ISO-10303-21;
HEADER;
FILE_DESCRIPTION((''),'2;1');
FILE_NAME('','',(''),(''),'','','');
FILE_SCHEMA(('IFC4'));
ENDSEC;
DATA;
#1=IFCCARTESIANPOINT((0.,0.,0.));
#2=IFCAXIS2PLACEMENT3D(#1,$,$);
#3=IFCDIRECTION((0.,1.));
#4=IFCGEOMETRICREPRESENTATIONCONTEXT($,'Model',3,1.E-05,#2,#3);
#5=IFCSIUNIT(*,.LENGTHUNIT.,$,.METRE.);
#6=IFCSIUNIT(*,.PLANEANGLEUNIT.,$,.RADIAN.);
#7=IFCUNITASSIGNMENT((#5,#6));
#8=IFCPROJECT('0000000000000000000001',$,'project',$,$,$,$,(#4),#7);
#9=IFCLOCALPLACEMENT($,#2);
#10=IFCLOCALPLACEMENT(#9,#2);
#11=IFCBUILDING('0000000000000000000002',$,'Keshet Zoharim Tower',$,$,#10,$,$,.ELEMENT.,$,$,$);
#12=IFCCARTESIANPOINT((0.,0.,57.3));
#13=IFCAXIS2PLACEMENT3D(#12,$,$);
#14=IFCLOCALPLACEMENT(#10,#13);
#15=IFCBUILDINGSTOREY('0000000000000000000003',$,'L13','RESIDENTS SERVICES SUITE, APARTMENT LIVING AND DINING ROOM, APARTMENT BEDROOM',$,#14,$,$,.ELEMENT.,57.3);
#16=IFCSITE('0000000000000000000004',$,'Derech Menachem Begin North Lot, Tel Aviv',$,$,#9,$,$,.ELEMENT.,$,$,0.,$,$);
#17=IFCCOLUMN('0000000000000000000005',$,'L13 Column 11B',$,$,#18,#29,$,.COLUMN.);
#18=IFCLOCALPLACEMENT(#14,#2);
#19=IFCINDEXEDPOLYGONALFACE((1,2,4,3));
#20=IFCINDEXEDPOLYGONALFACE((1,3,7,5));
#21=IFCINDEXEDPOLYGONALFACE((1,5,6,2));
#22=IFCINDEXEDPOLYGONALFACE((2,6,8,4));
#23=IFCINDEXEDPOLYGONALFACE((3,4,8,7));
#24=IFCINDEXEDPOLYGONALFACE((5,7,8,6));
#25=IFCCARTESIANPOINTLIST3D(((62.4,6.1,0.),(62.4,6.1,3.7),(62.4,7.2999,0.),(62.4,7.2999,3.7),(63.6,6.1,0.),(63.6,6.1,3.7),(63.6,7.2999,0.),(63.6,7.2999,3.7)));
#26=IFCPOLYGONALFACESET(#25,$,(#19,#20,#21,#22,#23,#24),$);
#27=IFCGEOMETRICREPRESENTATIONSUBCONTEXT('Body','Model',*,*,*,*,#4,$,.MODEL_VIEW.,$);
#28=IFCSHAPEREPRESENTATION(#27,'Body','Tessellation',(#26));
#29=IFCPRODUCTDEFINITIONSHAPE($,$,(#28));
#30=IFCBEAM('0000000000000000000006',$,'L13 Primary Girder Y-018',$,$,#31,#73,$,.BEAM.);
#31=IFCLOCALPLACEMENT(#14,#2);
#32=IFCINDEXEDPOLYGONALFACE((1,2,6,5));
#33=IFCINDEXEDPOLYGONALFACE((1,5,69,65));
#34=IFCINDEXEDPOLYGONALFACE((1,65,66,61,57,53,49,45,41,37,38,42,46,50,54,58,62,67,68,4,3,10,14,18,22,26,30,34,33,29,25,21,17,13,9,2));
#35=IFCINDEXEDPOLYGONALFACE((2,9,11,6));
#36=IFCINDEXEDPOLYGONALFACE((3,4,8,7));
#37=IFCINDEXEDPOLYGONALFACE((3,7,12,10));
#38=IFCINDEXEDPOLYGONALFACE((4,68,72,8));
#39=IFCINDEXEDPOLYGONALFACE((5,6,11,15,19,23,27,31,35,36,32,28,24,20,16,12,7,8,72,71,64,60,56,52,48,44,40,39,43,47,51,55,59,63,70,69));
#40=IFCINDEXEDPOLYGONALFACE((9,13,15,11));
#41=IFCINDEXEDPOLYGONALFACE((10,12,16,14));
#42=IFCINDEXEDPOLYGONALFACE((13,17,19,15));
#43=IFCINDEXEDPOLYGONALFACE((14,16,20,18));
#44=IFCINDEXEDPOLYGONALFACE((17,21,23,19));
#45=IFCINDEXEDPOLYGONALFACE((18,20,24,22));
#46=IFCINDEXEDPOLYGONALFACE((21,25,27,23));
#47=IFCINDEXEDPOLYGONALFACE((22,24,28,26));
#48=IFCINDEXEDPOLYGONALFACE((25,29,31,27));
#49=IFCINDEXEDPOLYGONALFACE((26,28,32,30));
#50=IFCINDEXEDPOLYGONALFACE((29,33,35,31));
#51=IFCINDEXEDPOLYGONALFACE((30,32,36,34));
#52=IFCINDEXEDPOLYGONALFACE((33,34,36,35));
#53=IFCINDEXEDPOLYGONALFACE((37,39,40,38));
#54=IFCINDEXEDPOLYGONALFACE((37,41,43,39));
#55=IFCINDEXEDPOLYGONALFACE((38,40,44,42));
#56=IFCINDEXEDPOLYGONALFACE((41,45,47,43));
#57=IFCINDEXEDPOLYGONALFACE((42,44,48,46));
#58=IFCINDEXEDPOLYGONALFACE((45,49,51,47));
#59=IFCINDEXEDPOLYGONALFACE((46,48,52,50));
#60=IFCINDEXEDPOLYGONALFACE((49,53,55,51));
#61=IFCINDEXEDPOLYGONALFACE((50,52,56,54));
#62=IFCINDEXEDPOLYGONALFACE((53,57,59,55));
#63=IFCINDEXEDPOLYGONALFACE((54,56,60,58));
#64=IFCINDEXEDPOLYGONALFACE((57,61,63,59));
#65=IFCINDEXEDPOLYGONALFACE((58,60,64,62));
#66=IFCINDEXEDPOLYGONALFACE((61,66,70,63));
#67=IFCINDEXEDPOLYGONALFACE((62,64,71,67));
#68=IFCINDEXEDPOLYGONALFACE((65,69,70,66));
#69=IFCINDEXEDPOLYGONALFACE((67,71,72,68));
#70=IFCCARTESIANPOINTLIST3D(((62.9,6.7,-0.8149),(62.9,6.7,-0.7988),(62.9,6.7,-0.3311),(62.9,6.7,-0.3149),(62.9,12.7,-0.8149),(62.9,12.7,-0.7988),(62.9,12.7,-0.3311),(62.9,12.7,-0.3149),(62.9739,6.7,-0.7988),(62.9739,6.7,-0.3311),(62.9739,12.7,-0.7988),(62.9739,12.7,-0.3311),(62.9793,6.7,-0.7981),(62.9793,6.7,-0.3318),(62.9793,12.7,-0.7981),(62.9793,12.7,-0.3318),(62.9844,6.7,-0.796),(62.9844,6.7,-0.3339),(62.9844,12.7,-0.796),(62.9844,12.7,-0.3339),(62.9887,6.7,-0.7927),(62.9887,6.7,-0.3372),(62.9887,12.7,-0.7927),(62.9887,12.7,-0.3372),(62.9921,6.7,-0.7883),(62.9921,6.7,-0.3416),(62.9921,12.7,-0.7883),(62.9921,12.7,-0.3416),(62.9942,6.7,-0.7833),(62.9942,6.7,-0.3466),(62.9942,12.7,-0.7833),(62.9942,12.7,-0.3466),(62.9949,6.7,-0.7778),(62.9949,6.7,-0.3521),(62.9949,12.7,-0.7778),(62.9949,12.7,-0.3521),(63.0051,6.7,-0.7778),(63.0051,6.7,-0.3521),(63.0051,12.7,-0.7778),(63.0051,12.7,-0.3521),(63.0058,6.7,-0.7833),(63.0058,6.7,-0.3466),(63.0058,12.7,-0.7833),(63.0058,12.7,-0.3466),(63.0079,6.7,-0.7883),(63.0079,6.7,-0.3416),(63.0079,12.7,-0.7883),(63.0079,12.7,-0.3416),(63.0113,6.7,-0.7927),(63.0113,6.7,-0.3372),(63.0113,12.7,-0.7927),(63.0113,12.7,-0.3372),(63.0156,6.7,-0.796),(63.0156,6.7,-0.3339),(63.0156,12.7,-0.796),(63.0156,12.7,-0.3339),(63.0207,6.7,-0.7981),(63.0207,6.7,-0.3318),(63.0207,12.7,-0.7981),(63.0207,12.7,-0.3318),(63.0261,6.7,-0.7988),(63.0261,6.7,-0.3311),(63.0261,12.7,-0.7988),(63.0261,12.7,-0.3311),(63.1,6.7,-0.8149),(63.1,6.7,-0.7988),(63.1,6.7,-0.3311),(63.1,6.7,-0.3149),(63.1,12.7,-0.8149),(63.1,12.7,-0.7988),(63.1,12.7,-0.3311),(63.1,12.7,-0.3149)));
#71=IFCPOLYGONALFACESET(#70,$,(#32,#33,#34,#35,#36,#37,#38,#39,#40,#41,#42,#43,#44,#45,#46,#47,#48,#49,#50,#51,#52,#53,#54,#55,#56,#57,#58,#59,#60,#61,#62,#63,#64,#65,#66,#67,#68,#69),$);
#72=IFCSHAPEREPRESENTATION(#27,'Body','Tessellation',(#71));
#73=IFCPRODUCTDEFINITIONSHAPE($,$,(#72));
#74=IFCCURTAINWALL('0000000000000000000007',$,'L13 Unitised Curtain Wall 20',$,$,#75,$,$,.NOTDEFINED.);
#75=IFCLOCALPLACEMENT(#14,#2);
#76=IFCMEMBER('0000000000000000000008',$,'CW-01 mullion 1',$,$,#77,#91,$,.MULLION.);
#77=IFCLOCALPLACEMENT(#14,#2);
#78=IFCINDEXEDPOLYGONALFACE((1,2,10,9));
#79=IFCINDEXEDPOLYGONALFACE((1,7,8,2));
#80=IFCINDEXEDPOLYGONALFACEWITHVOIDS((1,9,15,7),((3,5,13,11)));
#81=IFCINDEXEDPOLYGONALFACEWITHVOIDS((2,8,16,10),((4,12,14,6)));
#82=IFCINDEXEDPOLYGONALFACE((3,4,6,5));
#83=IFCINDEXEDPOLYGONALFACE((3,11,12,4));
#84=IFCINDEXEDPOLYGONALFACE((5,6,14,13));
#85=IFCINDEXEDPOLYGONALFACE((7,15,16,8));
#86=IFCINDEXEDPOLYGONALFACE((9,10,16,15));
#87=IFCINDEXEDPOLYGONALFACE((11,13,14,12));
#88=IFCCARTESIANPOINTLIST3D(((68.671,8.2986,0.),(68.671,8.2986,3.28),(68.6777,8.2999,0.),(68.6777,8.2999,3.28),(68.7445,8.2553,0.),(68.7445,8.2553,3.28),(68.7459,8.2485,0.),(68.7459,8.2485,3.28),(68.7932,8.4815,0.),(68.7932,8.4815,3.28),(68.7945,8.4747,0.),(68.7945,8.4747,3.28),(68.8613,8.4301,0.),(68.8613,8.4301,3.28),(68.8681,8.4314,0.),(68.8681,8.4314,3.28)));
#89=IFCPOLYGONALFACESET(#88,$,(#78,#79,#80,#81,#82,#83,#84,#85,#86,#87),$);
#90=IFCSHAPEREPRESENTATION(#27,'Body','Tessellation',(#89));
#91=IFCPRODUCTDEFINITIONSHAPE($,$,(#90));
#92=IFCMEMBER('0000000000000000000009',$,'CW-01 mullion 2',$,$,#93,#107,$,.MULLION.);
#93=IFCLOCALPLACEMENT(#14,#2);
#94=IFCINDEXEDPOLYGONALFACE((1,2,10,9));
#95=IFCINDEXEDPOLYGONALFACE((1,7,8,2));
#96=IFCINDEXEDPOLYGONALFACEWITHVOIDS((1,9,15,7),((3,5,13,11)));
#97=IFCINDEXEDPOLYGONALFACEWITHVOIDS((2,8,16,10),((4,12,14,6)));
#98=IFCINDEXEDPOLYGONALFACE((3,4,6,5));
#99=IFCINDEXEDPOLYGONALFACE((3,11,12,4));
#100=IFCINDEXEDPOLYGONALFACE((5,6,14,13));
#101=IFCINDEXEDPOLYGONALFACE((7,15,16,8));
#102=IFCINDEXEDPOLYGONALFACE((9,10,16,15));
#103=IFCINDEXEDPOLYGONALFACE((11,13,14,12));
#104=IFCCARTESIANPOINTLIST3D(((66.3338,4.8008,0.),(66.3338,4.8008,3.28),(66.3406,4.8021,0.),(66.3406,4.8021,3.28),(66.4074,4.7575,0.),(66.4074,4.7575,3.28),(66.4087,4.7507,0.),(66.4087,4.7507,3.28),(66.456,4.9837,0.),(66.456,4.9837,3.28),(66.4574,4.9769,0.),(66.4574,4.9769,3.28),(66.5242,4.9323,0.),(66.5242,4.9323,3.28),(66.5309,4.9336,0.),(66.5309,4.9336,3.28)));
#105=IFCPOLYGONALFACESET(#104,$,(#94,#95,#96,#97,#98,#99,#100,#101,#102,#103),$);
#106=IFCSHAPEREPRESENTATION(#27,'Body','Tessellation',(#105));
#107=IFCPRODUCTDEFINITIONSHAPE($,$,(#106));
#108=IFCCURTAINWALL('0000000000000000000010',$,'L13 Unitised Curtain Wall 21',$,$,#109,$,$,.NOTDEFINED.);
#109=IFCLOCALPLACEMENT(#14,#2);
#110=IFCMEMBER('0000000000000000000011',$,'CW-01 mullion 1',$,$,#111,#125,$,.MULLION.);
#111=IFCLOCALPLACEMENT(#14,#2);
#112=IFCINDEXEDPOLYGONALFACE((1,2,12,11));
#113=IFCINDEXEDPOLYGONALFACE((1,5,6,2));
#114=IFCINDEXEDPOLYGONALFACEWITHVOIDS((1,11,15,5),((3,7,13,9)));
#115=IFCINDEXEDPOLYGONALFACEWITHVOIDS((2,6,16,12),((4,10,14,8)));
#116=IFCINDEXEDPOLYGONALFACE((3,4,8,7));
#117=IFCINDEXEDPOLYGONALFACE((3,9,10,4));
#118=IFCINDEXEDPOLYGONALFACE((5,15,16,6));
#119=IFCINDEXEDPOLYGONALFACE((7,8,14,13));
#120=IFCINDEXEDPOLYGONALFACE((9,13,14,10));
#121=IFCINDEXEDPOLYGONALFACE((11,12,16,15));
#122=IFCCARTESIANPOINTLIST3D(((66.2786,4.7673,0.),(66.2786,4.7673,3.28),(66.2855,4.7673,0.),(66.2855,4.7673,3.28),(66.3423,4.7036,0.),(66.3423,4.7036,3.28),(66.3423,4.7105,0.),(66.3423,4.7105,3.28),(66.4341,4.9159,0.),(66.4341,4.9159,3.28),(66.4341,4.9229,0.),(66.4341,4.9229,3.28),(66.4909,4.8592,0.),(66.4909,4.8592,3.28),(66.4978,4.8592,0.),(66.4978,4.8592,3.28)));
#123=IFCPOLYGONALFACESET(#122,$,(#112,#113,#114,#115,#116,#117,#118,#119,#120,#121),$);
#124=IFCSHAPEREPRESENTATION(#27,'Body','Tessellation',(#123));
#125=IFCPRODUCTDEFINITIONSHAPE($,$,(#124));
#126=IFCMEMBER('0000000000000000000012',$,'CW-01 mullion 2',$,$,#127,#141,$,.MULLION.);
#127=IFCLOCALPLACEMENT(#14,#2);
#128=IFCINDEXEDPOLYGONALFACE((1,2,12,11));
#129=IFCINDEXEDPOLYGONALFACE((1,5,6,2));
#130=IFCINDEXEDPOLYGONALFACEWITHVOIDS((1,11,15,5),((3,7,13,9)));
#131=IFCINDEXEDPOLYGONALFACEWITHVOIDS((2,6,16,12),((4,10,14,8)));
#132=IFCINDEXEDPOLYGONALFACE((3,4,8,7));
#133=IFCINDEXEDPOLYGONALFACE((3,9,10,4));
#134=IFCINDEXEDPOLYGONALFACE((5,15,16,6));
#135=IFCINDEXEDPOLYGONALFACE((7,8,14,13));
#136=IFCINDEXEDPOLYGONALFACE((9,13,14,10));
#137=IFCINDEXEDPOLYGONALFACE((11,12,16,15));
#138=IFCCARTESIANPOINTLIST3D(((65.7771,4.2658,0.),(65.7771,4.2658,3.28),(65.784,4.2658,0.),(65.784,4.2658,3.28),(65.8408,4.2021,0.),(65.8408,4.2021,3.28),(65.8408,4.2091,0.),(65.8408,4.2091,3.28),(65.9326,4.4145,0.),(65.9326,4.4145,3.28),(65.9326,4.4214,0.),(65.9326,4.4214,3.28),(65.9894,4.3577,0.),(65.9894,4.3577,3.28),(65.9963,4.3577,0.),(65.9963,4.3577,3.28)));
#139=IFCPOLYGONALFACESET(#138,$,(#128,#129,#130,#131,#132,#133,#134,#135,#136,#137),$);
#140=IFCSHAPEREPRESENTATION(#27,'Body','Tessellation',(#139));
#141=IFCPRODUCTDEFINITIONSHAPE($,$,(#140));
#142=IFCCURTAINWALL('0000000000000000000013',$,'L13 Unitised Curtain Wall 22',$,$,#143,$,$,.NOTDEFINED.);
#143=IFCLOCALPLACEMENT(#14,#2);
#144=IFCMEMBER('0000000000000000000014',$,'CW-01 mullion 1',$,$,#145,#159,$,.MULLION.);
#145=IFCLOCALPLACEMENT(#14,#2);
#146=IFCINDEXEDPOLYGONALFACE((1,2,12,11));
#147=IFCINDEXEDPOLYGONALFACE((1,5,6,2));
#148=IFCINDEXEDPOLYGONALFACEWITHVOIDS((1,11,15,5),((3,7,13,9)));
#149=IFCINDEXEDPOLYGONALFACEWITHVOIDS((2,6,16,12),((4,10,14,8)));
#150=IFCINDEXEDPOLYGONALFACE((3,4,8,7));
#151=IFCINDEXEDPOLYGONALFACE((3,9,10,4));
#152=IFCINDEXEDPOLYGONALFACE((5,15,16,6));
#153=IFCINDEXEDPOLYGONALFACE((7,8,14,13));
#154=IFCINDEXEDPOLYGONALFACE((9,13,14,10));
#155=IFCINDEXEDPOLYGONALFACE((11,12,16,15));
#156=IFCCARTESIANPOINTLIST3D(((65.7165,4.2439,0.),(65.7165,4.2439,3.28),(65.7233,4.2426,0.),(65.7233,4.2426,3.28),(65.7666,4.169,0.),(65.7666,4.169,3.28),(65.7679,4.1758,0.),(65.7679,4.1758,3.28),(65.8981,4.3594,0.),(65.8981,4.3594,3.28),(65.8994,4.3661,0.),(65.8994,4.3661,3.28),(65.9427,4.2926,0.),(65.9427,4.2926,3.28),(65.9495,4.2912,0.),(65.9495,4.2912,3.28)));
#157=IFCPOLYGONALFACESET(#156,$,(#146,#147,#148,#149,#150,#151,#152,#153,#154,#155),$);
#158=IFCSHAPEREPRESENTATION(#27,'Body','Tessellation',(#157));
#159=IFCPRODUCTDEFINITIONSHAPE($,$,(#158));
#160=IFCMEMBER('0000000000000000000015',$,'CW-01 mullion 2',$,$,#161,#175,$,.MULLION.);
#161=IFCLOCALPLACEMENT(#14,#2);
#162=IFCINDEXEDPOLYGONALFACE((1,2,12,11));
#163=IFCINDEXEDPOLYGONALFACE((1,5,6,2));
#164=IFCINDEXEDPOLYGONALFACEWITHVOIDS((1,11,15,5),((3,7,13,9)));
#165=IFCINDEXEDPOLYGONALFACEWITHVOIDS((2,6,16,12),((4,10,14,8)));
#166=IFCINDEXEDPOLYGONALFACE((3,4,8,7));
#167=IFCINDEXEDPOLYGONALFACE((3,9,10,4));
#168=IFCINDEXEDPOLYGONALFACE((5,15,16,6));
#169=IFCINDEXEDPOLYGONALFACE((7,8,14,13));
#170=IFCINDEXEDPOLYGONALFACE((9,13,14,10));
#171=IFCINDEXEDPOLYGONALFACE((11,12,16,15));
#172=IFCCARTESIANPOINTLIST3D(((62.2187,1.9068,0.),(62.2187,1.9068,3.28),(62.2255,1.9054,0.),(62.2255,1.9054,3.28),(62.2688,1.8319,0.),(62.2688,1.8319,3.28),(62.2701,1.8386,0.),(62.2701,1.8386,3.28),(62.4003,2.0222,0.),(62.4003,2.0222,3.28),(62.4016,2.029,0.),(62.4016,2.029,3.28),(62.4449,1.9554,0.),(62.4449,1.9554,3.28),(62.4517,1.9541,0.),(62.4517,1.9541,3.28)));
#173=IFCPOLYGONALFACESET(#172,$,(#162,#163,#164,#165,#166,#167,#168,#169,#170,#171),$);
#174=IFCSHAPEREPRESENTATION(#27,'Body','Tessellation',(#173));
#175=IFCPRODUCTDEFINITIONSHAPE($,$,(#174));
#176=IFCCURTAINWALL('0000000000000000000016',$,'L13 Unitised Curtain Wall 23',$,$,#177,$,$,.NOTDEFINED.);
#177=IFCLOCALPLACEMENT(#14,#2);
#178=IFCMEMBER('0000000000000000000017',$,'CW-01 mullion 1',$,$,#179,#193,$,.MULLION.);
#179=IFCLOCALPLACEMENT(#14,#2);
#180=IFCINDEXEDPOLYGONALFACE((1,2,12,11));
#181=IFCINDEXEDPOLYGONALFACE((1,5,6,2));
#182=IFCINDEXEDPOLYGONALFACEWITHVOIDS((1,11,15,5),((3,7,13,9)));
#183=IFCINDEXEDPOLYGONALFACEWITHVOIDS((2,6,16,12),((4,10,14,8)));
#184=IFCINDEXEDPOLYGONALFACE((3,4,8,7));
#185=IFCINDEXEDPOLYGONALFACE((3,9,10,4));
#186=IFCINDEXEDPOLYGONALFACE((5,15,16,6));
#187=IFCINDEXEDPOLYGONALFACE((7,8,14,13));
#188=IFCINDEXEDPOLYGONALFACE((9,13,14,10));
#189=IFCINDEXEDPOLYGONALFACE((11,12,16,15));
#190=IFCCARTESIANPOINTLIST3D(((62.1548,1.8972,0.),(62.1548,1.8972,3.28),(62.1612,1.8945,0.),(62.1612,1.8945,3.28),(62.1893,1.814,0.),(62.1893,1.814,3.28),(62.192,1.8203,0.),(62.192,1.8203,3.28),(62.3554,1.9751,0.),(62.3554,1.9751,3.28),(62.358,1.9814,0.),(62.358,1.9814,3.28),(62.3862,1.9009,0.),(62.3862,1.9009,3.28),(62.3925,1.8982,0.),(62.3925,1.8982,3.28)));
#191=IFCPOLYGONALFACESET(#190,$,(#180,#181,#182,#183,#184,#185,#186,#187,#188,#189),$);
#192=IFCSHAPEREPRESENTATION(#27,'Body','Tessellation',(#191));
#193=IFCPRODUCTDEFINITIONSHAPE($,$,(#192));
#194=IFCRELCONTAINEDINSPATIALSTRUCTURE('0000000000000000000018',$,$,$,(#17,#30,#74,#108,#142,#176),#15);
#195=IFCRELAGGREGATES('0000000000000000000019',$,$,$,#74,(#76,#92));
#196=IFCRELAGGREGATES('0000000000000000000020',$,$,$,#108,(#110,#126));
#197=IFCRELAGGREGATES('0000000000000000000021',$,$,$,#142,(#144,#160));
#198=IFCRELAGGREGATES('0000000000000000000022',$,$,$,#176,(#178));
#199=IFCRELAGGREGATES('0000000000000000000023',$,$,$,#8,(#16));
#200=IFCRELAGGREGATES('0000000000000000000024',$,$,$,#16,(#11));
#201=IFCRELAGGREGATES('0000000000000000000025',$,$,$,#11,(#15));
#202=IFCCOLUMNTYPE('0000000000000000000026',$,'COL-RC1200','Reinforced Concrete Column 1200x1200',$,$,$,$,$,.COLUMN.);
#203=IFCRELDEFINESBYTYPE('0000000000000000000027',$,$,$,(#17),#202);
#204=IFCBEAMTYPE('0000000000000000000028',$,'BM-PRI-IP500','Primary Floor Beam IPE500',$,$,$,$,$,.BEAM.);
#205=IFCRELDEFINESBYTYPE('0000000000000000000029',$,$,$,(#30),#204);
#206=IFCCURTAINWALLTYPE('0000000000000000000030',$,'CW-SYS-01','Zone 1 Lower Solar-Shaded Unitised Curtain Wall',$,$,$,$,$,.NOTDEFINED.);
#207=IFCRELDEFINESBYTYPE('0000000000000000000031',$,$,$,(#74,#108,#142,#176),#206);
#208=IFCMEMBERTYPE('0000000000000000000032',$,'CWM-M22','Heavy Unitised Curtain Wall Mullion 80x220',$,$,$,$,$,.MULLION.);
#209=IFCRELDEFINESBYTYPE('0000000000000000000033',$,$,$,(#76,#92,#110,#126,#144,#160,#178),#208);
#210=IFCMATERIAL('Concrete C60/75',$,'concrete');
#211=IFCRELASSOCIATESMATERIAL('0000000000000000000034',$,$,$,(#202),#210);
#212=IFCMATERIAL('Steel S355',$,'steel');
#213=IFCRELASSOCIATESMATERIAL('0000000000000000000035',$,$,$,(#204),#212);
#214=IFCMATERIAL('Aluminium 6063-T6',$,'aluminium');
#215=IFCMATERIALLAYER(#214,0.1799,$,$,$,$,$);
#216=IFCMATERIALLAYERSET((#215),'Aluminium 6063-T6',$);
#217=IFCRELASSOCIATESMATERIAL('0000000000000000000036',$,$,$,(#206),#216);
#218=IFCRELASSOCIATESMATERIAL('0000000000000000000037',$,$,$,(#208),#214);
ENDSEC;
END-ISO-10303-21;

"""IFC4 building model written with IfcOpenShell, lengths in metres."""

from ifc_helpers import new_model, si_unit, direction, frame, origin, origin_2d, place, context, subcontext, project, spatial, rectangle, hollow_rectangle, i_section, extrude, material, layer, layer_set, material_profile, profile_set, type_object, element, aggregate, save


model = new_model("IFC4")

# Units and contexts
model_context = context("Model", 3, precision=1e-05, world=origin(), true_north=direction((0.0, 1.0)))
body_context = subcontext(model_context, "Body", "Model", "MODEL_VIEW")
ifc_project = project(units=[si_unit("LENGTHUNIT", "METRE"), si_unit("PLANEANGLEUNIT", "RADIAN")], contexts=[model_context])

# Site, building, storey
site_placement = place(None, origin())
site = spatial("IfcSite", under=ifc_project, at=site_placement, Name="Derech Menachem Begin North Lot, Tel Aviv", CompositionType="ELEMENT", RefElevation=0.0)
building_placement = place(site_placement, origin())
building = spatial("IfcBuilding", under=site, at=building_placement, Name="Keshet Zoharim Tower", CompositionType="ELEMENT")
storey_placement = place(building_placement, frame((0.0, 0.0, 57.3)))
storey = spatial("IfcBuildingStorey", under=building, at=storey_placement, Name="L13", Description="RESIDENTS SERVICES SUITE, APARTMENT LIVING AND DINING ROOM, APARTMENT BEDROOM", CompositionType="ELEMENT", Elevation=57.3)

# Column
ifc_material_1 = material(Name="Concrete C60/75", Category="concrete")
ifc_material_profile_1 = material_profile(ifc_material_1, rectangle(XDim=1.2, YDim=1.2, at=origin_2d()), Name="RC1200x1200")
ifc_profile_set_1 = profile_set([ifc_material_profile_1], Name="Concrete C60/75")
column_type = type_object("IfcColumnType", Name="COL-RC1200", Description="Reinforced Concrete Column 1200x1200", PredefinedType="COLUMN", material=ifc_profile_set_1)
column_placement = place(storey_placement, frame((63.0, 6.7, 0.0), z_axis=(0.0, 0.0, 1.0), x_axis=(1.0, 0.0, 0.0)))
element("IfcColumn", 1, at=column_placement, inside=storey, type_object=column_type, Name="L13 Column 11B", PredefinedType="COLUMN", context=body_context, shape_type="SweptSolid", body=[
    extrude(rectangle(XDim=1.2, YDim=1.2, at=origin_2d()), origin(), (0.0, 0.0, 1.0), 3.7),
])

# Beam
ifc_material_2 = material(Name="Steel S355", Category="steel")
ifc_material_profile_2 = material_profile(ifc_material_2, i_section(OverallWidth=0.2, OverallDepth=0.5, WebThickness=0.0103, FlangeThickness=0.0161, FilletRadius=0.021, at=origin_2d()), Name="IPE500")
ifc_profile_set_2 = profile_set([ifc_material_profile_2], Name="Steel S355")
beam_type = type_object("IfcBeamType", Name="BM-PRI-IP500", Description="Primary Floor Beam IPE500", PredefinedType="BEAM", material=ifc_profile_set_2)
beam_placement = place(storey_placement, frame((63.0, 6.7, -0.5649), z_axis=(0.0, 1.0, 0.0), x_axis=(-1.0, 0.0, 0.0)))
element("IfcBeam", 2, at=beam_placement, inside=storey, type_object=beam_type, Name="L13 Primary Girder Y-018", PredefinedType="BEAM", context=body_context, shape_type="SweptSolid", body=[
    extrude(i_section(OverallWidth=0.2, OverallDepth=0.5, WebThickness=0.0103, FlangeThickness=0.0161, FilletRadius=0.021, at=origin_2d()), origin(), (0.0, 0.0, 1.0), 6.0),
])

# Curtain walls, members
ifc_material_3 = material(Name="Aluminium 6063-T6", Category="aluminium")
ifc_layer_1 = layer(ifc_material_3, 0.1799)
ifc_layer_set_1 = layer_set([ifc_layer_1], Name="Aluminium 6063-T6")
curtain_wall_type = type_object("IfcCurtainWallType", Name="CW-SYS-01", Description="Zone 1 Lower Solar-Shaded Unitised Curtain Wall", PredefinedType="NOTDEFINED", material=ifc_layer_set_1)
curtain_wall_1_placement = place(storey_placement, origin())
curtain_wall_1 = element("IfcCurtainWall", 3, at=curtain_wall_1_placement, inside=storey, type_object=curtain_wall_type, Name="L13 Unitised Curtain Wall 20", PredefinedType="NOTDEFINED")
ifc_material_profile_3 = material_profile(ifc_material_3, hollow_rectangle(XDim=0.0901, YDim=0.22, WallThickness=0.0049, at=origin_2d()), Name="MUL-90x220")
ifc_profile_set_3 = profile_set([ifc_material_profile_3], Name="Aluminium 6063-T6")
member_type_1 = type_object("IfcMemberType", Name="CWM-M22", Description="Heavy Unitised Curtain Wall Mullion 80x220", PredefinedType="MULLION", material=ifc_profile_set_3)
member_1_placement = place(storey_placement, frame((68.7695, 8.365, 0.0), z_axis=(0.0, 0.0, 1.0), x_axis=(0.831474, -0.555563, 0.0)))
member_1 = element("IfcMember", 4, at=member_1_placement, type_object=member_type_1, Name="CW-01 mullion 1", PredefinedType="MULLION", context=body_context, shape_type="SweptSolid", body=[
    extrude(hollow_rectangle(XDim=0.0901, YDim=0.22, WallThickness=0.0049, at=origin_2d()), origin(), (0.0, 0.0, 1.0), 3.28),
])
member_2_placement = place(storey_placement, frame((66.4324, 4.8672, 0.0), z_axis=(0.0, 0.0, 1.0), x_axis=(0.831474, -0.555563, 0.0)))
member_2 = element("IfcMember", 5, at=member_2_placement, type_object=member_type_1, Name="CW-01 mullion 2", PredefinedType="MULLION", context=body_context, shape_type="SweptSolid", body=[
    extrude(hollow_rectangle(XDim=0.0901, YDim=0.22, WallThickness=0.0049, at=origin_2d()), origin(), (0.0, 0.0, 1.0), 3.28),
])
curtain_wall_2_placement = place(storey_placement, origin())
curtain_wall_2 = element("IfcCurtainWall", 6, at=curtain_wall_2_placement, inside=storey, type_object=curtain_wall_type, Name="L13 Unitised Curtain Wall 21", PredefinedType="NOTDEFINED")
member_3_placement = place(storey_placement, frame((66.3882, 4.8132, 0.0), z_axis=(0.0, 0.0, 1.0), x_axis=(0.707107, -0.707107, 0.0)))
member_3 = element("IfcMember", 7, at=member_3_placement, type_object=member_type_1, Name="CW-01 mullion 1", PredefinedType="MULLION", context=body_context, shape_type="SweptSolid", body=[
    extrude(hollow_rectangle(XDim=0.0901, YDim=0.22, WallThickness=0.0049, at=origin_2d()), origin(), (0.0, 0.0, 1.0), 3.28),
])
member_4_placement = place(storey_placement, frame((65.8867, 4.3118, 0.0), z_axis=(0.0, 0.0, 1.0), x_axis=(0.707107, -0.707107, 0.0)))
member_4 = element("IfcMember", 8, at=member_4_placement, type_object=member_type_1, Name="CW-01 mullion 2", PredefinedType="MULLION", context=body_context, shape_type="SweptSolid", body=[
    extrude(hollow_rectangle(XDim=0.0901, YDim=0.22, WallThickness=0.0049, at=origin_2d()), origin(), (0.0, 0.0, 1.0), 3.28),
])
curtain_wall_3_placement = place(storey_placement, origin())
curtain_wall_3 = element("IfcCurtainWall", 9, at=curtain_wall_3_placement, inside=storey, type_object=curtain_wall_type, Name="L13 Unitised Curtain Wall 22", PredefinedType="NOTDEFINED")
member_5_placement = place(storey_placement, frame((65.833, 4.2676, 0.0), z_axis=(0.0, 0.0, 1.0), x_axis=(0.555563, -0.831474, 0.0)))
member_5 = element("IfcMember", 10, at=member_5_placement, type_object=member_type_1, Name="CW-01 mullion 1", PredefinedType="MULLION", context=body_context, shape_type="SweptSolid", body=[
    extrude(hollow_rectangle(XDim=0.0901, YDim=0.22, WallThickness=0.0049, at=origin_2d()), origin(), (0.0, 0.0, 1.0), 3.28),
])
member_6_placement = place(storey_placement, frame((62.3352, 1.9304, 0.0), z_axis=(0.0, 0.0, 1.0), x_axis=(0.555563, -0.831474, 0.0)))
member_6 = element("IfcMember", 11, at=member_6_placement, type_object=member_type_1, Name="CW-01 mullion 2", PredefinedType="MULLION", context=body_context, shape_type="SweptSolid", body=[
    extrude(hollow_rectangle(XDim=0.0901, YDim=0.22, WallThickness=0.0049, at=origin_2d()), origin(), (0.0, 0.0, 1.0), 3.28),
])
curtain_wall_4_placement = place(storey_placement, origin())
curtain_wall_4 = element("IfcCurtainWall", 12, at=curtain_wall_4_placement, inside=storey, type_object=curtain_wall_type, Name="L13 Unitised Curtain Wall 23", PredefinedType="NOTDEFINED")
member_7_placement = place(storey_placement, frame((62.2737, 1.8977, 0.0), z_axis=(0.0, 0.0, 1.0), x_axis=(0.383068, -0.92372, 0.0)))
member_7 = element("IfcMember", 13, at=member_7_placement, type_object=member_type_1, Name="CW-01 mullion 1", PredefinedType="MULLION", context=body_context, shape_type="SweptSolid", body=[
    extrude(hollow_rectangle(XDim=0.0901, YDim=0.22, WallThickness=0.0049, at=origin_2d()), origin(), (0.0, 0.0, 1.0), 3.28),
])

aggregate(curtain_wall_1, [member_1, member_2])
aggregate(curtain_wall_2, [member_3, member_4])
aggregate(curtain_wall_3, [member_5, member_6])
aggregate(curtain_wall_4, [member_7])

save(model, "model.ifc")
